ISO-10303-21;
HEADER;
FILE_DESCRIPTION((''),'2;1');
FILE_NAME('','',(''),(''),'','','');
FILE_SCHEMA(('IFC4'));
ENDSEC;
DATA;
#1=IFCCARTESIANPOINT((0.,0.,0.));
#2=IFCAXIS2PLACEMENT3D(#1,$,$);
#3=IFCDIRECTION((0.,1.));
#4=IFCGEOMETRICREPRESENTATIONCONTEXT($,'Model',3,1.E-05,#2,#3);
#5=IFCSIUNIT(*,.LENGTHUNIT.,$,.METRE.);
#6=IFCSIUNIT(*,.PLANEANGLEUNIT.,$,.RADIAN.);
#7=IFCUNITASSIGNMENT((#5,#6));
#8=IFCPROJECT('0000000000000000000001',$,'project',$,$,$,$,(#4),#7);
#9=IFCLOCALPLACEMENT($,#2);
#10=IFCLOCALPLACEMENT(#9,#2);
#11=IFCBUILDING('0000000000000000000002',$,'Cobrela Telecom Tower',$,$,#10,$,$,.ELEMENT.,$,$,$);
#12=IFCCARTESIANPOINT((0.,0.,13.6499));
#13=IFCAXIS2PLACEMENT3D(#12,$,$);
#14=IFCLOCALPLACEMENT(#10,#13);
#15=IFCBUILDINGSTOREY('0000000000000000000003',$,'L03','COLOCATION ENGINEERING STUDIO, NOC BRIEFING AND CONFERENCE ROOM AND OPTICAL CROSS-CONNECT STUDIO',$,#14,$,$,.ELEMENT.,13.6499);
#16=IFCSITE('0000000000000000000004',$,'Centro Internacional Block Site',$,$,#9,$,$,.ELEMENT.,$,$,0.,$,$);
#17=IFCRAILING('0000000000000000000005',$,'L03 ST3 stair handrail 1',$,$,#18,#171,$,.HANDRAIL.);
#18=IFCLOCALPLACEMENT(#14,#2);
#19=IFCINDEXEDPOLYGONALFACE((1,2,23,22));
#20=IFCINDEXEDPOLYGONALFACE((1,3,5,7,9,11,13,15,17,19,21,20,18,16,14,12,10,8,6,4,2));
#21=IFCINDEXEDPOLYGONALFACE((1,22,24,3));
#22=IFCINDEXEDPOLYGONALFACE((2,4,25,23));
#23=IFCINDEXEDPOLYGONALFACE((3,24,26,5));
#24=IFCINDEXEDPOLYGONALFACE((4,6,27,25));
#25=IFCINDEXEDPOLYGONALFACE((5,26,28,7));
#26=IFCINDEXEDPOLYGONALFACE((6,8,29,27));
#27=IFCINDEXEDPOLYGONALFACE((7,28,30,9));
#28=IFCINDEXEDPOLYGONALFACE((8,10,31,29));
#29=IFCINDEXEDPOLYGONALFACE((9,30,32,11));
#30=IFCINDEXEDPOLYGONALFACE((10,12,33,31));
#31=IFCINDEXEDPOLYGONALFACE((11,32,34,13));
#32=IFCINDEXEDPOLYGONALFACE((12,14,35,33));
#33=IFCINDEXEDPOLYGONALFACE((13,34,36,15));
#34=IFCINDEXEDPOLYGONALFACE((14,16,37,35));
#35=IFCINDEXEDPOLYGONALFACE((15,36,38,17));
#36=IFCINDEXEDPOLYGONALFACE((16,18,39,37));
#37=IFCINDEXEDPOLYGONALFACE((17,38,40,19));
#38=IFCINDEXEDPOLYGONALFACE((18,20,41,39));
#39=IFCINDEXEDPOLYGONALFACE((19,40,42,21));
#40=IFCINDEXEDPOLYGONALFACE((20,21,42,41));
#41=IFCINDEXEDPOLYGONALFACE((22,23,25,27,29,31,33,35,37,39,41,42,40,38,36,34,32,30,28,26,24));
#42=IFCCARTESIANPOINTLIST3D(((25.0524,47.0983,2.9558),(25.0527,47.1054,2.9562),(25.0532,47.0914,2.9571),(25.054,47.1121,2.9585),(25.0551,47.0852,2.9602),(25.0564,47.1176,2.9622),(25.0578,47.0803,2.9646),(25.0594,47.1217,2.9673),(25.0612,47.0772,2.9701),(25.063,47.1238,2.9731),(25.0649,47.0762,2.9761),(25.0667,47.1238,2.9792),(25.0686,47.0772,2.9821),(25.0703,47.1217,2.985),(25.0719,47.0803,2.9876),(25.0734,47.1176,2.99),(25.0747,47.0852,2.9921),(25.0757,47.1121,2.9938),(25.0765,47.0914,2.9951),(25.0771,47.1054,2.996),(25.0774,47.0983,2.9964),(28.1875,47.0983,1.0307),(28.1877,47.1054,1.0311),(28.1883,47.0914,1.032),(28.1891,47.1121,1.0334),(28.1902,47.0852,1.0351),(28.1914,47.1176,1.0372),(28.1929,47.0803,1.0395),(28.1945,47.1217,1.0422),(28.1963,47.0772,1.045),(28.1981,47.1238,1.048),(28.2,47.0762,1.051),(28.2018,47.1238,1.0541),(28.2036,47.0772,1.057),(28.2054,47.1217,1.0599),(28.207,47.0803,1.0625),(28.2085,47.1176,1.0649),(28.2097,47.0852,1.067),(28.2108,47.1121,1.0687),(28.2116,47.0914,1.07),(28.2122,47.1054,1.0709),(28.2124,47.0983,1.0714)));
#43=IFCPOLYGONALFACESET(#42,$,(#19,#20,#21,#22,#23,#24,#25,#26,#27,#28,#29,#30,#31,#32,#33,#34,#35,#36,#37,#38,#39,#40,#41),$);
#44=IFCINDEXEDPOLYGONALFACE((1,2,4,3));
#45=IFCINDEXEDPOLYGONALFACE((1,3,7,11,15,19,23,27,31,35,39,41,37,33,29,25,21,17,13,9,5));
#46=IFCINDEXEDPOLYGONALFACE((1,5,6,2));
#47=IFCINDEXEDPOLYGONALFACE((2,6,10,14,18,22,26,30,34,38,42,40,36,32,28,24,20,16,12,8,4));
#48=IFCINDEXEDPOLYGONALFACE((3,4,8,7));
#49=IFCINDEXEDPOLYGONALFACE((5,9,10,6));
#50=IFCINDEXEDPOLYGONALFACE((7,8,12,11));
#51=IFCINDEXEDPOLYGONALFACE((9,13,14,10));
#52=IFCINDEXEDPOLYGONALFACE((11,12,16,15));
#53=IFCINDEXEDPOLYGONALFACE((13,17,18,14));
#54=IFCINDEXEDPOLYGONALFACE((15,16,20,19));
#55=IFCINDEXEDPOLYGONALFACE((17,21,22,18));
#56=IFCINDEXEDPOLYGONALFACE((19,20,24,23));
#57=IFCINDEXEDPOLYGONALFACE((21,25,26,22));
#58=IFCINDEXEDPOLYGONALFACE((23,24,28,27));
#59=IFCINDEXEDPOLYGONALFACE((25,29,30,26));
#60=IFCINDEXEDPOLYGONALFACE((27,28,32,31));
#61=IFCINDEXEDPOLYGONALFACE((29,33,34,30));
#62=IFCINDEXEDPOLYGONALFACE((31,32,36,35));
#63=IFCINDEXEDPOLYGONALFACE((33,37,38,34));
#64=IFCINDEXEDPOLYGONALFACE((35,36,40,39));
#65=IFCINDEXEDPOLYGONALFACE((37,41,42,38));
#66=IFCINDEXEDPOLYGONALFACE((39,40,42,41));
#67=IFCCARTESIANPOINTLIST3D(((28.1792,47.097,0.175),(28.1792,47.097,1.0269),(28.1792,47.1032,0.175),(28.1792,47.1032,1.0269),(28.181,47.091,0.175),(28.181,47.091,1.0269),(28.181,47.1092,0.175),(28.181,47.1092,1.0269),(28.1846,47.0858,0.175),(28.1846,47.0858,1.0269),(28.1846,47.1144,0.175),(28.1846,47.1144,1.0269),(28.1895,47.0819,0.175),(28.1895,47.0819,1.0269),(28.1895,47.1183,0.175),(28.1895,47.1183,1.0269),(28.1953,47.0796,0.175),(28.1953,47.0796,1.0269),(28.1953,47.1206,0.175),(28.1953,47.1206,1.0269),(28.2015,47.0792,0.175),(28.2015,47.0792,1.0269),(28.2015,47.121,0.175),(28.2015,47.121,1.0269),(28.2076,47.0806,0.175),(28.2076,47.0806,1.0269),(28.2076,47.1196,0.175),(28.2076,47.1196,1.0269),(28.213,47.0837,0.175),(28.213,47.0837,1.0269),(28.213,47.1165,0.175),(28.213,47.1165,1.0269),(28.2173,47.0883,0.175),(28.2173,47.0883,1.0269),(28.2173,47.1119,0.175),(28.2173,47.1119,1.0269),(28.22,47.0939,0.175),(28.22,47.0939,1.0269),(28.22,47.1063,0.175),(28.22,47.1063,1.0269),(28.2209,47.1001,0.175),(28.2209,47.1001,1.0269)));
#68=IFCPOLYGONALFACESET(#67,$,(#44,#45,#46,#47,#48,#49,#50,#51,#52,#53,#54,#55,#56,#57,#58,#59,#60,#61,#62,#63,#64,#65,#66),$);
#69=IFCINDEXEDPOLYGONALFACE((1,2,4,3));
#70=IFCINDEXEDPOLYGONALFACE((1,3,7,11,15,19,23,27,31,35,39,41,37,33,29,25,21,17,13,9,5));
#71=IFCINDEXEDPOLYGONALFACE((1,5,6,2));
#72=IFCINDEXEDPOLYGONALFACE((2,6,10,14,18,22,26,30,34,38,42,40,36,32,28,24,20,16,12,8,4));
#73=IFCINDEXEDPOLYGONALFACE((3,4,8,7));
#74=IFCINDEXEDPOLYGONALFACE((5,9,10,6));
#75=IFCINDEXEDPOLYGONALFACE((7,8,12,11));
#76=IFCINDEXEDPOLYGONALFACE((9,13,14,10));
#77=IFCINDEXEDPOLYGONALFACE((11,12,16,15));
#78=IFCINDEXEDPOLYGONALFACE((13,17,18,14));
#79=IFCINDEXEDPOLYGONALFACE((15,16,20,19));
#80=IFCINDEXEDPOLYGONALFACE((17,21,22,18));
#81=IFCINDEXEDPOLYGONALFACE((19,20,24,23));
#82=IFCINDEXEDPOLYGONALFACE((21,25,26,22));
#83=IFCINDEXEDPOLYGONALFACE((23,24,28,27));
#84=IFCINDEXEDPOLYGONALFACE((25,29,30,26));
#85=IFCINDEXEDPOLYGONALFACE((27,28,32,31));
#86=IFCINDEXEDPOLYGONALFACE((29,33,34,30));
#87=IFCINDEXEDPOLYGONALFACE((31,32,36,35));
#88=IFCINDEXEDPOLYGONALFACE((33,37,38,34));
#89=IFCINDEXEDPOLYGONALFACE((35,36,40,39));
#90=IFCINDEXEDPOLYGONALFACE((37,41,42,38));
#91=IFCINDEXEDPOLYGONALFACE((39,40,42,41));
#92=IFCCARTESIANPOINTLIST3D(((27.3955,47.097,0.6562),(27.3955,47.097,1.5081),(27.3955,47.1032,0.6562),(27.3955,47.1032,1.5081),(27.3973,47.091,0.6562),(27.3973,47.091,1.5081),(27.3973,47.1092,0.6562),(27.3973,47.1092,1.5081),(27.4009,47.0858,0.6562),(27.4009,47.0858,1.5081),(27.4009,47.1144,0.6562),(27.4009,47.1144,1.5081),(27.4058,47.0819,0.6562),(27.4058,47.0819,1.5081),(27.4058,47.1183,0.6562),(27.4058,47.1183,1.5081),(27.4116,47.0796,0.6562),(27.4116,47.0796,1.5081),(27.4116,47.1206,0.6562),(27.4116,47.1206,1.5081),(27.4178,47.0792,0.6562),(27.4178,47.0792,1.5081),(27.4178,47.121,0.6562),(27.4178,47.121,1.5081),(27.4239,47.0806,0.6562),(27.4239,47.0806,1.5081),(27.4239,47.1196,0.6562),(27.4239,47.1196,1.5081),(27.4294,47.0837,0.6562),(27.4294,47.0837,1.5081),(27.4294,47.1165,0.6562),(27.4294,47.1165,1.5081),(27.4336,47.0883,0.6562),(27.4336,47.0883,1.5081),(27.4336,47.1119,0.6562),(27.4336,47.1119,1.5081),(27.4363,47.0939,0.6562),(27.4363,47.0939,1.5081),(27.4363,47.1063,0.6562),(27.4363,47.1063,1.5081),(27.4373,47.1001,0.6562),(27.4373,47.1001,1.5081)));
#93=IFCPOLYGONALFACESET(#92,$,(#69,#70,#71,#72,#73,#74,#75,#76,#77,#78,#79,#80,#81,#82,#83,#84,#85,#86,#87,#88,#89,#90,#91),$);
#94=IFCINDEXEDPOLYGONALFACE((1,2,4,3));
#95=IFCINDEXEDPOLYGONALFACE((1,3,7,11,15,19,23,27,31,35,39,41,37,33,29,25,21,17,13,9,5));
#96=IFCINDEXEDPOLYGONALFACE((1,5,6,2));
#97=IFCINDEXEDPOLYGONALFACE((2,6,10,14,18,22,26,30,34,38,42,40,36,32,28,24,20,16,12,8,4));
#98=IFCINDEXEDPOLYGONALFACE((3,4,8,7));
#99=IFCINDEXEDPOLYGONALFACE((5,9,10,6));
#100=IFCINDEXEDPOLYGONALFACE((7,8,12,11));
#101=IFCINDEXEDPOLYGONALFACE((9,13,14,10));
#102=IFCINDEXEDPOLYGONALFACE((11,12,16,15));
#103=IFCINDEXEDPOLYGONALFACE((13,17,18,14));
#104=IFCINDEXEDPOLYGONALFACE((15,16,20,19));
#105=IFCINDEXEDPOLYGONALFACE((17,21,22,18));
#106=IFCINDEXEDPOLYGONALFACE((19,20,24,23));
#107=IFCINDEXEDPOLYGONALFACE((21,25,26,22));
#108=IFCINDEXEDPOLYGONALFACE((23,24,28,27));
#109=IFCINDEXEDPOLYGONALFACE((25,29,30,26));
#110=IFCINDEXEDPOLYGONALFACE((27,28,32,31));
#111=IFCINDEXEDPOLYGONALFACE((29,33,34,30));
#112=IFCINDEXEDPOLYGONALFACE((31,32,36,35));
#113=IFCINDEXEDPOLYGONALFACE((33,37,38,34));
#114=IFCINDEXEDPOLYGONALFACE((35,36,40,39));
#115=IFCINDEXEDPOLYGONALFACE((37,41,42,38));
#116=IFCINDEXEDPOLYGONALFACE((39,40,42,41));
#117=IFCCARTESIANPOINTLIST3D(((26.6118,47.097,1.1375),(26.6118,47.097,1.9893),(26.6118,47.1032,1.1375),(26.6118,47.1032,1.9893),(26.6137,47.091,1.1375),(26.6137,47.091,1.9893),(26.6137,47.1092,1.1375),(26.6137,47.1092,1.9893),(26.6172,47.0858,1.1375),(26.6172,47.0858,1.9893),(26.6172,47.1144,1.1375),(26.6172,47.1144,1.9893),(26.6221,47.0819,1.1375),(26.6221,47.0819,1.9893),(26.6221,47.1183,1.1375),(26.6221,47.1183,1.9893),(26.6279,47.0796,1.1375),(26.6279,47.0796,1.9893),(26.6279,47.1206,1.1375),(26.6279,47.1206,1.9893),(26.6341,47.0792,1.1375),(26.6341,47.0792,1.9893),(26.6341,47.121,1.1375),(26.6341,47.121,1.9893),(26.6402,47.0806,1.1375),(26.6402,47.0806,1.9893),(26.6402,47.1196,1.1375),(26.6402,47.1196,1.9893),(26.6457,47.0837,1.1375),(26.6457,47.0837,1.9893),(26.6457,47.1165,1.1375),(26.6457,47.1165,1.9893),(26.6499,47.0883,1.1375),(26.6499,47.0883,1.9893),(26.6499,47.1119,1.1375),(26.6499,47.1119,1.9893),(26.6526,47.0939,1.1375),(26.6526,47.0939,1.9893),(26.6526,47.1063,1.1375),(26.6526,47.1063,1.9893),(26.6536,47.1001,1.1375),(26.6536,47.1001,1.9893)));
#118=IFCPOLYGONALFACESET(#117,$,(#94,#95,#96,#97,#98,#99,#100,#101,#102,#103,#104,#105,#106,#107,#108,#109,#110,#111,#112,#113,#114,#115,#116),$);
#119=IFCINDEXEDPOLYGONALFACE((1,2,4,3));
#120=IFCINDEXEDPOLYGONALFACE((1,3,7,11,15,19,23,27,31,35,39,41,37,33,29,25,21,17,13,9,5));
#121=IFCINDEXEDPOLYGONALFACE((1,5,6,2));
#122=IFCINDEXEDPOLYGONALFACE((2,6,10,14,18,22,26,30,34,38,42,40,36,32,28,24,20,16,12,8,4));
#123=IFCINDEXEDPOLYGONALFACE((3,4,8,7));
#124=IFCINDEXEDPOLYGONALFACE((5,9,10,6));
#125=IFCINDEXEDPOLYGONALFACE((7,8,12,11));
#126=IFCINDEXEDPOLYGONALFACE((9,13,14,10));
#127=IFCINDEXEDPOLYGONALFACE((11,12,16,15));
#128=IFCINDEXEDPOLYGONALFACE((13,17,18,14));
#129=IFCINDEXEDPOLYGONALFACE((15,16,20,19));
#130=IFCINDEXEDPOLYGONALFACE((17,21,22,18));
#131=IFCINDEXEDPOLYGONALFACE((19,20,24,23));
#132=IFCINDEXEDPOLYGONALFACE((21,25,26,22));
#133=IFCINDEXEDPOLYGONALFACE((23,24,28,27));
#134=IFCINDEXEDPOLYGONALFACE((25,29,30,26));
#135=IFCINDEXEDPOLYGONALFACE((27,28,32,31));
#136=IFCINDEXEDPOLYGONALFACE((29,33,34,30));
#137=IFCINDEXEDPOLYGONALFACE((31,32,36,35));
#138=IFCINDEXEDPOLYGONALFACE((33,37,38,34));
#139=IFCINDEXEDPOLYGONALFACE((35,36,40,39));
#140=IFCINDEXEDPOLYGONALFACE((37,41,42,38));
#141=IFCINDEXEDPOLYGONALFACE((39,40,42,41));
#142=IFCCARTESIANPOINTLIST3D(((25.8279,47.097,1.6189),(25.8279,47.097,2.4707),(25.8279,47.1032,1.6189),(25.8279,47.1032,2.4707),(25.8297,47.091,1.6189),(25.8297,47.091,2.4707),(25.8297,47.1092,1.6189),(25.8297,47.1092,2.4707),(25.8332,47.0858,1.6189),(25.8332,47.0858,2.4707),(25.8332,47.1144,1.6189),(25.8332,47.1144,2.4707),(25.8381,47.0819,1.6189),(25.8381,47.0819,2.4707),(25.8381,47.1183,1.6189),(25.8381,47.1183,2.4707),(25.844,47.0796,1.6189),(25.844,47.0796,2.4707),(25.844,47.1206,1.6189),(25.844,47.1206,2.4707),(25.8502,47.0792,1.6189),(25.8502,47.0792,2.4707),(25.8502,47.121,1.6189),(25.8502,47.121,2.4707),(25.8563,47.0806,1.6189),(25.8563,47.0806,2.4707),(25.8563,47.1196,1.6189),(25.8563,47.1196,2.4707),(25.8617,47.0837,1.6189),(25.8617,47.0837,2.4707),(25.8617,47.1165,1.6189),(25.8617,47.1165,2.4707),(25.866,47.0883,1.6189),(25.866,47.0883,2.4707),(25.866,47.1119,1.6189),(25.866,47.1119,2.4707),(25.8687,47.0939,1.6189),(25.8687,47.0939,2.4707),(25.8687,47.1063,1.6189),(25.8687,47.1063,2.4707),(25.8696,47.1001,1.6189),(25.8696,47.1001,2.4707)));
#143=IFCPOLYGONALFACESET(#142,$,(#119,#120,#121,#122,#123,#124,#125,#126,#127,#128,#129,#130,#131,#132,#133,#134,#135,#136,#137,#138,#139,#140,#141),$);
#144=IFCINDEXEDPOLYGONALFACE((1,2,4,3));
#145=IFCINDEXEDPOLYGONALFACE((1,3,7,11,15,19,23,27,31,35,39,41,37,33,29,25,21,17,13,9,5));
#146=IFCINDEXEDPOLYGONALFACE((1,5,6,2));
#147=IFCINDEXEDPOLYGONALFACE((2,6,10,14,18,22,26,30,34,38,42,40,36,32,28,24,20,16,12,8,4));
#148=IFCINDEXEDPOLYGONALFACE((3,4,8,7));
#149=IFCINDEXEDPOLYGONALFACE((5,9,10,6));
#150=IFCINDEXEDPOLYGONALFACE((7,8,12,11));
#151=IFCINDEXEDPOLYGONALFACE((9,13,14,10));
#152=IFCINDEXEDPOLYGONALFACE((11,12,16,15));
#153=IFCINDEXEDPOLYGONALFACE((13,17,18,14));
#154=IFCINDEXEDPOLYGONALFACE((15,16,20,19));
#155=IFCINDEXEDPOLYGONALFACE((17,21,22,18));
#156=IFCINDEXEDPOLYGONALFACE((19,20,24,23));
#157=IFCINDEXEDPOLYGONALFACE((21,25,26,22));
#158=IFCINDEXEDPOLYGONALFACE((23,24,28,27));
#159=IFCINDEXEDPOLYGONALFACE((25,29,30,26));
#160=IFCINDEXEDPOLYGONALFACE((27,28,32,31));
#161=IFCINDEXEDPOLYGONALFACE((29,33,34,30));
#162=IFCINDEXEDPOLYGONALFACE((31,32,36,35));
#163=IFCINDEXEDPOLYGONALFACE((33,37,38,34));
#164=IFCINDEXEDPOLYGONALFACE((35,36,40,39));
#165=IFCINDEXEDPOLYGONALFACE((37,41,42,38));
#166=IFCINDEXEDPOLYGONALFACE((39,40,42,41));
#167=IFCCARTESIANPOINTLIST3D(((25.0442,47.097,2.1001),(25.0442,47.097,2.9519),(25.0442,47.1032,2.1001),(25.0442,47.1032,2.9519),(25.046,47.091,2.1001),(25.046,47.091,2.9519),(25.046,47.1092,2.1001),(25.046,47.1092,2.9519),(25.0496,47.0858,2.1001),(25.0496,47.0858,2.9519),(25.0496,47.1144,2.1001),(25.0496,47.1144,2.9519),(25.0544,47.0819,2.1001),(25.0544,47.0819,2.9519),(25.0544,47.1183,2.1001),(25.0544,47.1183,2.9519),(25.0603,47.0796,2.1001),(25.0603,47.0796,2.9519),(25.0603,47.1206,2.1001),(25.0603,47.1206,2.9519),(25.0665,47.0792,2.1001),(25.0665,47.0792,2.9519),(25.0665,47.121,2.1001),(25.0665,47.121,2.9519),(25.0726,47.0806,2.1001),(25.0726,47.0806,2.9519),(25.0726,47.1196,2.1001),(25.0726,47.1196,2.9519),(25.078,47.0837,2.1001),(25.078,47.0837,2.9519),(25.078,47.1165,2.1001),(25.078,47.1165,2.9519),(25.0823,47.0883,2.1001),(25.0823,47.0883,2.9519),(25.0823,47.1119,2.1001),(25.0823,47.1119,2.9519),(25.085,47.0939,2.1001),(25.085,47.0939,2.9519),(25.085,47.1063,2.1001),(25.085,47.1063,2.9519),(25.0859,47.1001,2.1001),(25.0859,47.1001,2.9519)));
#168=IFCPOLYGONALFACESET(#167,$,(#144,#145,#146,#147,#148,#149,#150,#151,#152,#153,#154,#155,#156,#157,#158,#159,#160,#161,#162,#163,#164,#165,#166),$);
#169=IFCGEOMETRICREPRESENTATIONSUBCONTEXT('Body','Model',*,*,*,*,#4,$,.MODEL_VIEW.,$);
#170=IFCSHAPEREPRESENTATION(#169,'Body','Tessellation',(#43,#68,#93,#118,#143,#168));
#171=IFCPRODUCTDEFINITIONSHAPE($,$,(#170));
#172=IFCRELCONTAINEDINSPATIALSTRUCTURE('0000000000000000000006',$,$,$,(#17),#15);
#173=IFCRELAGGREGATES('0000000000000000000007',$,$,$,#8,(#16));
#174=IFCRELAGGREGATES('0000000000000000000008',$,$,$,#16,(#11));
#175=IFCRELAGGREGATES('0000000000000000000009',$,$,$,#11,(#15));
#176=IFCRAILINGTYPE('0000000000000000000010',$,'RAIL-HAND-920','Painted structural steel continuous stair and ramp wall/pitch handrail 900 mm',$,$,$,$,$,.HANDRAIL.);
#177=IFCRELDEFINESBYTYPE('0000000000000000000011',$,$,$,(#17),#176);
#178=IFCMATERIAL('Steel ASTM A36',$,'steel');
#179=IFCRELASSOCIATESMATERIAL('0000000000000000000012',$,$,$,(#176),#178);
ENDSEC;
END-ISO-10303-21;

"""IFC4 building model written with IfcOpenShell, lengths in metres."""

from ifc_helpers import new_model, si_unit, direction, frame, origin, origin_2d, place, context, subcontext, project, spatial, circle, extrude, material, type_object, element, save


model = new_model("IFC4")

# Units and contexts
model_context = context("Model", 3, precision=1e-05, world=origin(), true_north=direction((0.0, 1.0)))
body_context = subcontext(model_context, "Body", "Model", "MODEL_VIEW")
ifc_project = project(units=[si_unit("LENGTHUNIT", "METRE"), si_unit("PLANEANGLEUNIT", "RADIAN")], contexts=[model_context])

# Site, building, storey
site_placement = place(None, origin())
site = spatial("IfcSite", under=ifc_project, at=site_placement, Name="Centro Internacional Block Site", CompositionType="ELEMENT", RefElevation=0.0)
building_placement = place(site_placement, origin())
building = spatial("IfcBuilding", under=site, at=building_placement, Name="Cobrela Telecom Tower", CompositionType="ELEMENT")
storey_placement = place(building_placement, frame((0.0, 0.0, 13.6499)))
storey = spatial("IfcBuildingStorey", under=building, at=storey_placement, Name="L03", Description="COLOCATION ENGINEERING STUDIO, NOC BRIEFING AND CONFERENCE ROOM AND OPTICAL CROSS-CONNECT STUDIO", CompositionType="ELEMENT", Elevation=13.6499)

# Shared definitions
ifc_material_1 = material(Name="Steel ASTM A36", Category="steel")

# Railing
railing_type_1 = type_object("IfcRailingType", Name="RAIL-HAND-920", Description="Painted structural steel continuous stair and ramp wall/pitch handrail 900 mm", PredefinedType="HANDRAIL", material=ifc_material_1)
railing_1_placement = place(storey_placement, frame((28.2, 47.1001, 0.175)))
element("IfcRailing", 1, at=railing_1_placement, inside=storey, type_object=railing_type_1, Name="L03 ST3 stair handrail 1", PredefinedType="HANDRAIL", context=body_context, shape_type="SweptSolid", body=[
    extrude(circle(Radius=0.0239, at=origin_2d()), frame((0.0, 0.0, 0.876), z_axis=(-0.852166, 0.0, 0.523271), x_axis=(0.0, -1.0, 0.0)), (0.0, 0.0, 1.0), 3.679),
    extrude(circle(Radius=0.021, at=origin_2d()), origin(), (0.0, 0.0, 1.0), 0.8518),
    extrude(circle(Radius=0.021, at=origin_2d()), frame((-0.7837, 0.0, 0.4812)), (0.0, 0.0, 1.0), 0.8518),
    extrude(circle(Radius=0.021, at=origin_2d()), frame((-1.5674, 0.0, 0.9624)), (0.0, 0.0, 1.0), 0.8518),
    extrude(circle(Radius=0.021, at=origin_2d()), frame((-2.3513, 0.0, 1.4438)), (0.0, 0.0, 1.0), 0.8518),
    extrude(circle(Radius=0.021, at=origin_2d()), frame((-3.135, 0.0, 1.925)), (0.0, 0.0, 1.0), 0.8518),
])

save(model, "model.ifc")
